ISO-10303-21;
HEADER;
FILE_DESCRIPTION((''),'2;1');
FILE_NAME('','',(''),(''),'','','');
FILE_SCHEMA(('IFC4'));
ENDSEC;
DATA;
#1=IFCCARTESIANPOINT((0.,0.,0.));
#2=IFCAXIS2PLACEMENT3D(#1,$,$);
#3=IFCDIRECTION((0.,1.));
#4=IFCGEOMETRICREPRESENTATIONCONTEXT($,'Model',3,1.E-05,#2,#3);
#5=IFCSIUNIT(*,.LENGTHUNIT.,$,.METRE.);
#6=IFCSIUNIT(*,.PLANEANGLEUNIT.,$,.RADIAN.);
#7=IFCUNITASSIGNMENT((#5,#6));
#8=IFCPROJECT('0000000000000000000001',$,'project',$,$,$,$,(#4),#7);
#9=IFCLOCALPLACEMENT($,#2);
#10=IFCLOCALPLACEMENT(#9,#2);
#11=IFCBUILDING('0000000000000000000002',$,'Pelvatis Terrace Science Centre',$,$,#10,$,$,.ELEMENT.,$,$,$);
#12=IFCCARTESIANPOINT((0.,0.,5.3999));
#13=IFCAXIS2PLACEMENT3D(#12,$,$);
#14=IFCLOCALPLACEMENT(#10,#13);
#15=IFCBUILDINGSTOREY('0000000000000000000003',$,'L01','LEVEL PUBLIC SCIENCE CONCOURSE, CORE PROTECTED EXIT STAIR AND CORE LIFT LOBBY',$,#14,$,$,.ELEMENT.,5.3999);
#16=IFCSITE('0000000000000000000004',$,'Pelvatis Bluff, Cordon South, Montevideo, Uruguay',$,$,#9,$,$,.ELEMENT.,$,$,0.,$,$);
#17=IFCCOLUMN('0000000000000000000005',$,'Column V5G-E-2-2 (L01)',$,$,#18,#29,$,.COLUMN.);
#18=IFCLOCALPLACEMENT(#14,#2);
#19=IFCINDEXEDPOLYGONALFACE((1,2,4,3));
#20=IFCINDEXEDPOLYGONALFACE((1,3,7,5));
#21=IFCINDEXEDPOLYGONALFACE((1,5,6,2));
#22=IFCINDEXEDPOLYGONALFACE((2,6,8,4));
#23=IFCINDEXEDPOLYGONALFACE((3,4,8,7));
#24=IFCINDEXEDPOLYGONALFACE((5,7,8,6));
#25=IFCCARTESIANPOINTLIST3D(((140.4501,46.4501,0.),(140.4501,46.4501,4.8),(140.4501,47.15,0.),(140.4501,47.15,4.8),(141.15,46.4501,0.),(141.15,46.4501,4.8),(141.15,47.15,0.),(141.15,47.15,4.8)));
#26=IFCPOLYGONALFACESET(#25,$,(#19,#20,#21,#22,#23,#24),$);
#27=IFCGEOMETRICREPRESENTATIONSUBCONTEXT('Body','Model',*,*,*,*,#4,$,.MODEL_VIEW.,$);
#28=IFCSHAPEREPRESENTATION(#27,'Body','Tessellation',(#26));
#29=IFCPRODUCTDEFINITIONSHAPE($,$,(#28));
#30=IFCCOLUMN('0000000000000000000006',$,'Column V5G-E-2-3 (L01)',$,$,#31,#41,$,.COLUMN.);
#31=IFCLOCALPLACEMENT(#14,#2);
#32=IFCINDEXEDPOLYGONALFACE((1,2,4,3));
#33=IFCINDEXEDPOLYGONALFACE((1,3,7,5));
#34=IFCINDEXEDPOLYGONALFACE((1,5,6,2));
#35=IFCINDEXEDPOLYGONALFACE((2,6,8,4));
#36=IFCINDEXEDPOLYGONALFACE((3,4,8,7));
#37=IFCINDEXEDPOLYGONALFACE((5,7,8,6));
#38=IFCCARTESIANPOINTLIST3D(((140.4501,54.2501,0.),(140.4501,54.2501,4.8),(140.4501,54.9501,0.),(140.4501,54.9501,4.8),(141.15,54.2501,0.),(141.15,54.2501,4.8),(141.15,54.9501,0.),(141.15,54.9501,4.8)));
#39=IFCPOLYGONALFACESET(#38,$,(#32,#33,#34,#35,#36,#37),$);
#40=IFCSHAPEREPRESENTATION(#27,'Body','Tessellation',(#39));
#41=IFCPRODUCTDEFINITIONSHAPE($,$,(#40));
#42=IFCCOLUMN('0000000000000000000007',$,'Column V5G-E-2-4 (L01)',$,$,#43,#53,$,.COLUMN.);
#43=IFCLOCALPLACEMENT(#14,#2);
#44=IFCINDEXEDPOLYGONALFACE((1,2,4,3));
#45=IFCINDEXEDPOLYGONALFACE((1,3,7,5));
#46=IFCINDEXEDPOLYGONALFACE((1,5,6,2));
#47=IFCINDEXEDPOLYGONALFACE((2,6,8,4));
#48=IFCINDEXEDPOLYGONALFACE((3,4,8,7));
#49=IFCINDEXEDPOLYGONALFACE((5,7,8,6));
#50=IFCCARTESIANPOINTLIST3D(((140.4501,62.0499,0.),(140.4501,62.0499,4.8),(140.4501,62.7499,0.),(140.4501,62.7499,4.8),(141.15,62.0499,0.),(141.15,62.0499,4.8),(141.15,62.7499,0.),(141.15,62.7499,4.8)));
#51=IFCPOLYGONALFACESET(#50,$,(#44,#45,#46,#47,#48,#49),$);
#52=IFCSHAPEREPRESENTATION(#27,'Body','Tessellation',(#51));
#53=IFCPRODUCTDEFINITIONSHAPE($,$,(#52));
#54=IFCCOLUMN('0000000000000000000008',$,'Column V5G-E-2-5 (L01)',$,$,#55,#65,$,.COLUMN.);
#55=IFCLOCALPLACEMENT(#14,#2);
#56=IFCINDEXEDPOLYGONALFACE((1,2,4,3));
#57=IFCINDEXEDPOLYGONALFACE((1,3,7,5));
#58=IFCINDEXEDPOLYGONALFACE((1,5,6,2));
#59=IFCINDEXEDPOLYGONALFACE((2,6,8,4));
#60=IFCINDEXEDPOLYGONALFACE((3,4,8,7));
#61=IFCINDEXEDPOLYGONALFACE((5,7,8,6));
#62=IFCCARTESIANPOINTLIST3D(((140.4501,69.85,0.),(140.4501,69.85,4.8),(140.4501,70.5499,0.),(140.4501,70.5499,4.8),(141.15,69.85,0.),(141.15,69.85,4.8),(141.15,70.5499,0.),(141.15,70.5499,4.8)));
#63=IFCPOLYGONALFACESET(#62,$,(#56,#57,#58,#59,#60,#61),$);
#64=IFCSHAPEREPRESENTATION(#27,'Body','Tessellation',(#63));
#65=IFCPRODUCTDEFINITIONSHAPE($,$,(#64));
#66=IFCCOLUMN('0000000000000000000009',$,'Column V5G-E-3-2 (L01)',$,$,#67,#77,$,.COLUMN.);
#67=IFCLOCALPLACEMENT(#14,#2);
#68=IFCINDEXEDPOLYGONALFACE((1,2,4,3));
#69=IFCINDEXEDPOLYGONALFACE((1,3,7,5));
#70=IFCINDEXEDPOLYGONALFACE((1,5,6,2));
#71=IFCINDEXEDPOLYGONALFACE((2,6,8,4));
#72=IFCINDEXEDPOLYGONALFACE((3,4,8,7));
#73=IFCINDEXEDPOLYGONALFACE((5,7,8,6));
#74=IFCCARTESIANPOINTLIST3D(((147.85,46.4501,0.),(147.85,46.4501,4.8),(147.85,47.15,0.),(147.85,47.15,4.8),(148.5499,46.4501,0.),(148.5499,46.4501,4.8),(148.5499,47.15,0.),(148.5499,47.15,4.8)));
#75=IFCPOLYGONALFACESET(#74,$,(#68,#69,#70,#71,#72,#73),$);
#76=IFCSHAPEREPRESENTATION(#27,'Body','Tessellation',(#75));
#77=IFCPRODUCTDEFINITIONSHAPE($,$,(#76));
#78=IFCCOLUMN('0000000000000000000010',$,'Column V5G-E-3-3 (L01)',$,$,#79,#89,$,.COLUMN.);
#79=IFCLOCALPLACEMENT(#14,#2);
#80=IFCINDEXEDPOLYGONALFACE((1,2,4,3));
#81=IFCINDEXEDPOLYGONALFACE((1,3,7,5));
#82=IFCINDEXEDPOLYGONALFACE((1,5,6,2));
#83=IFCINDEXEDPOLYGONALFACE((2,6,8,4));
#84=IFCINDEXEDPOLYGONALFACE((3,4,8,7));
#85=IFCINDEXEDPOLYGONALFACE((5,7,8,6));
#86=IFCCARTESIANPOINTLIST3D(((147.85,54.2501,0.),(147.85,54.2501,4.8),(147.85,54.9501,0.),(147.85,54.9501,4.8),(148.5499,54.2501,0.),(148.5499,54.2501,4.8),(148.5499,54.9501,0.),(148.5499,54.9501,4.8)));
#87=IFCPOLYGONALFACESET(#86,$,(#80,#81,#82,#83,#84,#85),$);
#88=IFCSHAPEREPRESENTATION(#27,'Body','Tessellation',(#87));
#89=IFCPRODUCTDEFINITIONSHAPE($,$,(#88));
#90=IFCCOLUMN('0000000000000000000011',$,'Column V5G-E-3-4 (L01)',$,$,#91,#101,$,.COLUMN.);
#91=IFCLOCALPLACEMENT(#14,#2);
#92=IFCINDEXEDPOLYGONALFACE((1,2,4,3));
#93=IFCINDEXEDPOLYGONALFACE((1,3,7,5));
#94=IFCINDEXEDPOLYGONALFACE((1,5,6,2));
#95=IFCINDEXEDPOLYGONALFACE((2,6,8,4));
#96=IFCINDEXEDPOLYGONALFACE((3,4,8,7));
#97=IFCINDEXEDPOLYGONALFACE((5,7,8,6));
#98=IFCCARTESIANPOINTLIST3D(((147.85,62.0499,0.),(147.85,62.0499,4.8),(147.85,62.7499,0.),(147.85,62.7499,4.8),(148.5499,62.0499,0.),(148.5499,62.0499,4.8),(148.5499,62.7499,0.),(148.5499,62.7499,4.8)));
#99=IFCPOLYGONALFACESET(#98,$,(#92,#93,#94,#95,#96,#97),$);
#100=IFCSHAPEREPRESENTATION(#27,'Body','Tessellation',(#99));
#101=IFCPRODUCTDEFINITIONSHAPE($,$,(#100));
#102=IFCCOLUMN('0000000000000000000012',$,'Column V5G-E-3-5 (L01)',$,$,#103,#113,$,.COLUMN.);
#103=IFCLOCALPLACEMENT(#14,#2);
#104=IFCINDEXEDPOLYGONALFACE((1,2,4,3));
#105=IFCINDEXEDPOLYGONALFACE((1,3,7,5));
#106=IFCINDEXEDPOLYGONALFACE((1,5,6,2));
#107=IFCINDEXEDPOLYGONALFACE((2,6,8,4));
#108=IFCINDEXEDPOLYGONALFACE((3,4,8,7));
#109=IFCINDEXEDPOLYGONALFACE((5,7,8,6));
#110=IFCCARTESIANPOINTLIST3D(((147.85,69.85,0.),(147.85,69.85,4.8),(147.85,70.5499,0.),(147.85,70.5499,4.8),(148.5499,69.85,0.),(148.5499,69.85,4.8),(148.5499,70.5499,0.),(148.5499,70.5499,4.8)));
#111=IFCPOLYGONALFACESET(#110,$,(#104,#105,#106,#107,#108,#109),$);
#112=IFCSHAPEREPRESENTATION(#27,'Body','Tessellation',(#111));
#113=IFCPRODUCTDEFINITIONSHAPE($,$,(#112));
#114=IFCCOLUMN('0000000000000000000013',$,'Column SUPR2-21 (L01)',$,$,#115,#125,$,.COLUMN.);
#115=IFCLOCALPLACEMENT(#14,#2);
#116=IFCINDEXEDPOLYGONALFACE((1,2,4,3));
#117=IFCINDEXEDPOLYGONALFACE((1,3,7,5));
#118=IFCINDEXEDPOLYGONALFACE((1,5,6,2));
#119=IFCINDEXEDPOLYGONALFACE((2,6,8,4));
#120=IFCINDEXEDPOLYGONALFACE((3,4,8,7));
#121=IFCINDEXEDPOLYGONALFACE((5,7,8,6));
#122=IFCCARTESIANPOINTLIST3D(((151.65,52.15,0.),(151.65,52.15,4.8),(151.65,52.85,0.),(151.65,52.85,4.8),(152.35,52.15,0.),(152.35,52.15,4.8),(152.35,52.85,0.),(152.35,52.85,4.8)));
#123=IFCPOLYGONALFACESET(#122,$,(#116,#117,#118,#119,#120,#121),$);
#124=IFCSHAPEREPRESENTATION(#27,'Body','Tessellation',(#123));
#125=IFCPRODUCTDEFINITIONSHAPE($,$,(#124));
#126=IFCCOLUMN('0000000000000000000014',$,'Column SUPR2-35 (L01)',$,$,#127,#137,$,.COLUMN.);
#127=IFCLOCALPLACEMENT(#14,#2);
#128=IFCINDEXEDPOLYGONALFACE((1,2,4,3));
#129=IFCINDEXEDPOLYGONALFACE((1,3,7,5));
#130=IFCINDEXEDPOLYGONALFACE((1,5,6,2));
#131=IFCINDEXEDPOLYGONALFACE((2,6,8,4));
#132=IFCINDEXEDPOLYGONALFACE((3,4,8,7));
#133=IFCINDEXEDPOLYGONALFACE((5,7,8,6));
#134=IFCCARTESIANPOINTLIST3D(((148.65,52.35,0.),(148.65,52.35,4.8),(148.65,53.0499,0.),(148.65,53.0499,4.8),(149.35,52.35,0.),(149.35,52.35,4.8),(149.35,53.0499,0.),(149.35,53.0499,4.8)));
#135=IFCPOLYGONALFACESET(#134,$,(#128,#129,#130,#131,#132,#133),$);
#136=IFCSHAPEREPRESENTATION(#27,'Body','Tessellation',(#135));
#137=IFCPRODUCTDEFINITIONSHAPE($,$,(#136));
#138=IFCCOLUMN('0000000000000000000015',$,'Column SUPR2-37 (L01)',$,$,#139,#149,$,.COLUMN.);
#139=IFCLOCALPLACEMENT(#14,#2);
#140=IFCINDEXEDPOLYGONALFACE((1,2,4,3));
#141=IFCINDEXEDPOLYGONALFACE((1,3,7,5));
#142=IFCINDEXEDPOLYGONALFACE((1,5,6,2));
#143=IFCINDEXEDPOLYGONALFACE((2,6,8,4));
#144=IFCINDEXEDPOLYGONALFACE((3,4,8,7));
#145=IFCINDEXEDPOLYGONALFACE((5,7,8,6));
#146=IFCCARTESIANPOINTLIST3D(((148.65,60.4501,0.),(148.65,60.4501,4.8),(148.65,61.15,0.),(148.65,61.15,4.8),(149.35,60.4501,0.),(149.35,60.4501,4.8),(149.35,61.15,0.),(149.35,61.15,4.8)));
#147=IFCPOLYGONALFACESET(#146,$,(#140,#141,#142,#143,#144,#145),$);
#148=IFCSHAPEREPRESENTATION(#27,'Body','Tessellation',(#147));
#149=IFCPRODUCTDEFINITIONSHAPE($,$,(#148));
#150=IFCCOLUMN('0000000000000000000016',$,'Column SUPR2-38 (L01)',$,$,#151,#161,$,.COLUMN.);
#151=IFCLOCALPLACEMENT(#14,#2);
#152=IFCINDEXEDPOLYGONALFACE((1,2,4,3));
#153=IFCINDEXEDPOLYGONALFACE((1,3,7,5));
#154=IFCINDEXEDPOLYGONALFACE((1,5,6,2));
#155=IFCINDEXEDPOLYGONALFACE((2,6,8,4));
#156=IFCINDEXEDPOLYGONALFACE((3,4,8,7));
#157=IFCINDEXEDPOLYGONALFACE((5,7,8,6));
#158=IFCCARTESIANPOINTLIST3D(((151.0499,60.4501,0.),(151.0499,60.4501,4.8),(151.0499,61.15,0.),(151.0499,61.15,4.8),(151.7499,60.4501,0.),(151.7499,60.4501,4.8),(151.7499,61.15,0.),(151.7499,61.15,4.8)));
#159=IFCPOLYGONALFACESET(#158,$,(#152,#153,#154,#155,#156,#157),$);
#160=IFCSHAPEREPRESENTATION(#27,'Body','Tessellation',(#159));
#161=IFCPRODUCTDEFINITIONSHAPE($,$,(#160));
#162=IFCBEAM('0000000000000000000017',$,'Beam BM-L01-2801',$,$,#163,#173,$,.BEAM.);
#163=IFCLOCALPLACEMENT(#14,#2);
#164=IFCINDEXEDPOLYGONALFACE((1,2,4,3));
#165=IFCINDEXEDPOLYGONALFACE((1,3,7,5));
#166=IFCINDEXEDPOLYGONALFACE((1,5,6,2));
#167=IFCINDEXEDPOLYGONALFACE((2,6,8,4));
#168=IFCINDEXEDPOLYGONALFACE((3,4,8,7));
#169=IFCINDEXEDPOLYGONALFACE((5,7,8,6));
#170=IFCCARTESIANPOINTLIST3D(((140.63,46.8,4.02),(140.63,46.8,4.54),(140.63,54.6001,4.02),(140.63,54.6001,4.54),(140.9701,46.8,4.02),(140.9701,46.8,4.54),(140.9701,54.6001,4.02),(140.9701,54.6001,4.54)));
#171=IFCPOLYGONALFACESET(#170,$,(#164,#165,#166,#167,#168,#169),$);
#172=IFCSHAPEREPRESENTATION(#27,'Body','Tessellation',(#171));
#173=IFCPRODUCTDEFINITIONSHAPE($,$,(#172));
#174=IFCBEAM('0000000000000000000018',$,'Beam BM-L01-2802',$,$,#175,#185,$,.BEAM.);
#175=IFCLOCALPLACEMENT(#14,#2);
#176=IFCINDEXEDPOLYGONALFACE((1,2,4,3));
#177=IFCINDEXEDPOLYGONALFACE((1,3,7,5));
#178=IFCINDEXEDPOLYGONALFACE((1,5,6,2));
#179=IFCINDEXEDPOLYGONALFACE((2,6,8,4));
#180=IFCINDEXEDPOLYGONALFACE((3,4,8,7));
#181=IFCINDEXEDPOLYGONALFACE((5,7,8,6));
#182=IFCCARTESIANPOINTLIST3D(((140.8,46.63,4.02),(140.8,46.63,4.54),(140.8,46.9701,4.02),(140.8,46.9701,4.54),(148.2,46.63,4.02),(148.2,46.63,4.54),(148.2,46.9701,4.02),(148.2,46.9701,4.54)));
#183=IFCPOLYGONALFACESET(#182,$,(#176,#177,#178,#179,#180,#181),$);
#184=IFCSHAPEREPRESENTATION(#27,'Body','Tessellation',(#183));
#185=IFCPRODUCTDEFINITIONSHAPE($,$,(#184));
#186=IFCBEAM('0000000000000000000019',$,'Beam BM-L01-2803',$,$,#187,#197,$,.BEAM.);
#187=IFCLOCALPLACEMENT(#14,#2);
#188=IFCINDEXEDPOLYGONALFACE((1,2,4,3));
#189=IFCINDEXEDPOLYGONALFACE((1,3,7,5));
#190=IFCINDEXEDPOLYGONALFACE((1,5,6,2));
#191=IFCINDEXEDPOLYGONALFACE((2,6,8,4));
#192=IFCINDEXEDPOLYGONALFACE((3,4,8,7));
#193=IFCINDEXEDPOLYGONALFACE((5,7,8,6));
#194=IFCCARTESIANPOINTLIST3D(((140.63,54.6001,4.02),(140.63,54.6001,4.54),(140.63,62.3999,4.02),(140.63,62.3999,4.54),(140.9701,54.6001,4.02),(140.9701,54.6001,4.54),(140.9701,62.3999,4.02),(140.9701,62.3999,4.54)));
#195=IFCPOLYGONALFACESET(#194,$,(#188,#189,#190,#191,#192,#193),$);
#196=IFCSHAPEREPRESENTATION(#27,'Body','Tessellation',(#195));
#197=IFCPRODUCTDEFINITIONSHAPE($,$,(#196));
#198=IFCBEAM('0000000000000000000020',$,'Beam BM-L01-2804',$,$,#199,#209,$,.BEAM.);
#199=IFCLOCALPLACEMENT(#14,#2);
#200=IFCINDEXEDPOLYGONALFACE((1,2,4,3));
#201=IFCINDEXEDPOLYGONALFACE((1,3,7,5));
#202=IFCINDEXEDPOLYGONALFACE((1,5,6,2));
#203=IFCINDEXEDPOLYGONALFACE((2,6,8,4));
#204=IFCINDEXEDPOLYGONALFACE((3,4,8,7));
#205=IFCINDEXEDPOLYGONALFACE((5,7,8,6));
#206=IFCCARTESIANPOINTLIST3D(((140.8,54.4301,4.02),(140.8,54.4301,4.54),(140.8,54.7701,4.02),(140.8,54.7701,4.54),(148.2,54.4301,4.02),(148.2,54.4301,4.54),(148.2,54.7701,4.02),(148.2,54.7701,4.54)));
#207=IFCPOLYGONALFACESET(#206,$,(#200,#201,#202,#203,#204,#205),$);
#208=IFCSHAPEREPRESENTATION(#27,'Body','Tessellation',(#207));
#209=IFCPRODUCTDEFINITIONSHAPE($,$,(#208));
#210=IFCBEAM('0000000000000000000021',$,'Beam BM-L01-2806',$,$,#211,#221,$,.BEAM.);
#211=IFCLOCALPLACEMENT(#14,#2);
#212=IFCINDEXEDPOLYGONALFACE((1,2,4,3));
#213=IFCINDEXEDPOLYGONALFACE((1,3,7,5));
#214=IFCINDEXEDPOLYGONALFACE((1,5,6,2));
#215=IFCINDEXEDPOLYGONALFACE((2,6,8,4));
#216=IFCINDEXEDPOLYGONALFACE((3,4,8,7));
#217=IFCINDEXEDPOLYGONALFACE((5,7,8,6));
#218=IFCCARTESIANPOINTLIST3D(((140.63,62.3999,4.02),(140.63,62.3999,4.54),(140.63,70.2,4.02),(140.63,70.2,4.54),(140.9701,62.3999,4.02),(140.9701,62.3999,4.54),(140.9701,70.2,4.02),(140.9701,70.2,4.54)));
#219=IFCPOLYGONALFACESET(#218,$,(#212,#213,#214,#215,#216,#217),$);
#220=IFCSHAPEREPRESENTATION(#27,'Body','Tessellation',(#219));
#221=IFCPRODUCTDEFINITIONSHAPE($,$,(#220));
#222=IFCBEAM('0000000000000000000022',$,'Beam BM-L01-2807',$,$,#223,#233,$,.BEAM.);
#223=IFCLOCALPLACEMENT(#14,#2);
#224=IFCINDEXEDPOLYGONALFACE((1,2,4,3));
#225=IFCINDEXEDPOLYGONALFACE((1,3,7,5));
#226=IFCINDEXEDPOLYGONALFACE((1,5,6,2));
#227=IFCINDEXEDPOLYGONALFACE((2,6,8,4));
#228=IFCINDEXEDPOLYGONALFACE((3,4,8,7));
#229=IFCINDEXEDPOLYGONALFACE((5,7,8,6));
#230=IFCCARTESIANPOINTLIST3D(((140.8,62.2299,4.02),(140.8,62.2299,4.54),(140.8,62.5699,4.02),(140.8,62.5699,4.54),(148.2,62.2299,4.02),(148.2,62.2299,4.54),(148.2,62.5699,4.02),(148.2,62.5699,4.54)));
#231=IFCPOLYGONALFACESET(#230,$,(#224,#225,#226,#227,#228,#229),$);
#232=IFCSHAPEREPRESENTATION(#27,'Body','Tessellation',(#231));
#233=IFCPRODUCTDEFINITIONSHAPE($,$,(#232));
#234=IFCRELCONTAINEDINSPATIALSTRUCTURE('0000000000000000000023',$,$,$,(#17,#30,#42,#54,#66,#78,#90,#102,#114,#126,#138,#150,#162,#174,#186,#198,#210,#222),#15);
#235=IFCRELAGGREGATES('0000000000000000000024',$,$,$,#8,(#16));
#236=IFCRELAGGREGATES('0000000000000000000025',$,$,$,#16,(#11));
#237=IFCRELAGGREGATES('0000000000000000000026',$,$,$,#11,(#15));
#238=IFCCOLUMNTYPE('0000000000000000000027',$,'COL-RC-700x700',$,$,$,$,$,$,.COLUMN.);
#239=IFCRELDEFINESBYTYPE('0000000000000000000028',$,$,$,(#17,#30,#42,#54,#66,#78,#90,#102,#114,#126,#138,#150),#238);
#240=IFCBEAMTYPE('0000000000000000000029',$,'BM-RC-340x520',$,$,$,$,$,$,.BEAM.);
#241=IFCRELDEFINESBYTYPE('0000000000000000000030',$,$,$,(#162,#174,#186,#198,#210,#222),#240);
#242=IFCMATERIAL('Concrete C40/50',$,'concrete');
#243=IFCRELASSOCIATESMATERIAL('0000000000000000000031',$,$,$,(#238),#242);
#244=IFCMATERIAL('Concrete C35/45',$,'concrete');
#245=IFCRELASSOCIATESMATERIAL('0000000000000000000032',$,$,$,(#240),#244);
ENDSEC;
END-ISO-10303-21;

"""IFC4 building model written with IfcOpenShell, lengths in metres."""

from ifc_helpers import new_model, si_unit, direction, frame, origin, origin_2d, place, context, subcontext, project, spatial, rectangle, extrude, material, material_profile, profile_set, type_object, element, save


model = new_model("IFC4")

# Units and contexts
model_context = context("Model", 3, precision=1e-05, world=origin(), true_north=direction((0.0, 1.0)))
body_context = subcontext(model_context, "Body", "Model", "MODEL_VIEW")
ifc_project = project(units=[si_unit("LENGTHUNIT", "METRE"), si_unit("PLANEANGLEUNIT", "RADIAN")], contexts=[model_context])

# Site, building, storey
site_placement = place(None, origin())
site = spatial("IfcSite", under=ifc_project, at=site_placement, Name="Pelvatis Bluff, Cordon South, Montevideo, Uruguay", CompositionType="ELEMENT", RefElevation=0.0)
building_placement = place(site_placement, origin())
building = spatial("IfcBuilding", under=site, at=building_placement, Name="Pelvatis Terrace Science Centre", CompositionType="ELEMENT")
storey_placement = place(building_placement, frame((0.0, 0.0, 5.3999)))
storey = spatial("IfcBuildingStorey", under=building, at=storey_placement, Name="L01", Description="LEVEL PUBLIC SCIENCE CONCOURSE, CORE PROTECTED EXIT STAIR AND CORE LIFT LOBBY", CompositionType="ELEMENT", Elevation=5.3999)

# Columns
ifc_material_1 = material(Name="Concrete C40/50", Category="concrete")
ifc_material_profile_1 = material_profile(ifc_material_1, rectangle(XDim=0.7, YDim=0.7, at=origin_2d()), Name="RC-COL 700x700")
ifc_profile_set_1 = profile_set([ifc_material_profile_1], Name="Concrete C40/50")
column_type = type_object("IfcColumnType", Name="COL-RC-700x700", PredefinedType="COLUMN", material=ifc_profile_set_1)
for number, where, z_axis, x_axis, name in (
    (1, (140.8, 46.8, 0.0), (0.0, 0.0, 1.0), (1.0, 0.0, 0.0), "Column V5G-E-2-2 (L01)"),
    (2, (140.8, 54.6001, 0.0), (0.0, 0.0, 1.0), (1.0, 0.0, 0.0), "Column V5G-E-2-3 (L01)"),
    (3, (140.8, 62.3999, 0.0), (0.0, 0.0, 1.0), (1.0, 0.0, 0.0), "Column V5G-E-2-4 (L01)"),
    (4, (140.8, 70.2, 0.0), (0.0, 0.0, 1.0), (1.0, 0.0, 0.0), "Column V5G-E-2-5 (L01)"),
    (5, (148.2, 46.8, 0.0), (0.0, 0.0, 1.0), (1.0, 0.0, 0.0), "Column V5G-E-3-2 (L01)"),
    (6, (148.2, 54.6001, 0.0), (0.0, 0.0, 1.0), (1.0, 0.0, 0.0), "Column V5G-E-3-3 (L01)"),
    (7, (148.2, 62.3999, 0.0), (0.0, 0.0, 1.0), (1.0, 0.0, 0.0), "Column V5G-E-3-4 (L01)"),
    (8, (148.2, 70.2, 0.0), (0.0, 0.0, 1.0), (1.0, 0.0, 0.0), "Column V5G-E-3-5 (L01)"),
    (9, (152.0, 52.5, 0.0), (0.0, 0.0, 1.0), (1.0, 0.0, 0.0), "Column SUPR2-21 (L01)"),
    (10, (149.0, 52.7, 0.0), (0.0, 0.0, 1.0), (1.0, 0.0, 0.0), "Column SUPR2-35 (L01)"),
    (11, (149.0, 60.8, 0.0), (0.0, 0.0, 1.0), (1.0, 0.0, 0.0), "Column SUPR2-37 (L01)"),
    (12, (151.3999, 60.8, 0.0), (0.0, 0.0, 1.0), (1.0, 0.0, 0.0), "Column SUPR2-38 (L01)"),
):
    element("IfcColumn", number, at=place(storey_placement, frame(where, z_axis=z_axis, x_axis=x_axis)), inside=storey, type_object=column_type, Name=name, PredefinedType="COLUMN", context=body_context, shape_type="SweptSolid", body=[
        extrude(rectangle(XDim=0.7, YDim=0.7, at=origin_2d()), origin(), (0.0, 0.0, 1.0), 4.8),
    ])

# Beams
ifc_material_2 = material(Name="Concrete C35/45", Category="concrete")
ifc_material_profile_2 = material_profile(ifc_material_2, rectangle(XDim=0.3401, YDim=0.52, at=origin_2d()), Name="RC-BM 340x520")
ifc_profile_set_2 = profile_set([ifc_material_profile_2], Name="Concrete C35/45")
beam_type_1 = type_object("IfcBeamType", Name="BM-RC-340x520", PredefinedType="BEAM", material=ifc_profile_set_2)
beam_1_placement = place(storey_placement, frame((140.8, 46.8, 4.28), z_axis=(0.0, 1.0, 0.0), x_axis=(-1.0, 0.0, 0.0)))
element("IfcBeam", 13, at=beam_1_placement, inside=storey, type_object=beam_type_1, Name="Beam BM-L01-2801", PredefinedType="BEAM", context=body_context, shape_type="SweptSolid", body=[
    extrude(rectangle(XDim=0.3401, YDim=0.52, at=origin_2d()), origin(), (0.0, 0.0, 1.0), 7.8),
])
beam_2_placement = place(storey_placement, frame((140.8, 46.8, 4.28), z_axis=(1.0, 0.0, 0.0), x_axis=(0.0, 1.0, 0.0)))
element("IfcBeam", 14, at=beam_2_placement, inside=storey, type_object=beam_type_1, Name="Beam BM-L01-2802", PredefinedType="BEAM", context=body_context, shape_type="SweptSolid", body=[
    extrude(rectangle(XDim=0.3401, YDim=0.52, at=origin_2d()), origin(), (0.0, 0.0, 1.0), 7.3999),
])
beam_3_placement = place(storey_placement, frame((140.8, 54.6001, 4.28), z_axis=(0.0, 1.0, 0.0), x_axis=(-1.0, 0.0, 0.0)))
element("IfcBeam", 15, at=beam_3_placement, inside=storey, type_object=beam_type_1, Name="Beam BM-L01-2803", PredefinedType="BEAM", context=body_context, shape_type="SweptSolid", body=[
    extrude(rectangle(XDim=0.3401, YDim=0.52, at=origin_2d()), origin(), (0.0, 0.0, 1.0), 7.7998),
])
beam_4_placement = place(storey_placement, frame((140.8, 54.6001, 4.28), z_axis=(1.0, 0.0, 0.0), x_axis=(0.0, 1.0, 0.0)))
element("IfcBeam", 16, at=beam_4_placement, inside=storey, type_object=beam_type_1, Name="Beam BM-L01-2804", PredefinedType="BEAM", context=body_context, shape_type="SweptSolid", body=[
    extrude(rectangle(XDim=0.3401, YDim=0.52, at=origin_2d()), origin(), (0.0, 0.0, 1.0), 7.3999),
])
beam_5_placement = place(storey_placement, frame((140.8, 62.3999, 4.28), z_axis=(0.0, 1.0, 0.0), x_axis=(-1.0, 0.0, 0.0)))
element("IfcBeam", 17, at=beam_5_placement, inside=storey, type_object=beam_type_1, Name="Beam BM-L01-2806", PredefinedType="BEAM", context=body_context, shape_type="SweptSolid", body=[
    extrude(rectangle(XDim=0.3401, YDim=0.52, at=origin_2d()), origin(), (0.0, 0.0, 1.0), 7.8),
])
for number, where, z_axis, x_axis, name in (
    (18, (140.8, 62.3999, 4.28), (1.0, 0.0, 0.0), (0.0, 1.0, 0.0), "Beam BM-L01-2807"),
):
    element("IfcBeam", number, at=place(storey_placement, frame(where, z_axis=z_axis, x_axis=x_axis)), inside=storey, type_object=beam_type_1, Name=name, PredefinedType="BEAM", context=body_context, shape_type="SweptSolid", body=[
        extrude(rectangle(XDim=0.3401, YDim=0.52, at=origin_2d()), origin(), (0.0, 0.0, 1.0), 7.3999),
    ])

save(model, "model.ifc")
